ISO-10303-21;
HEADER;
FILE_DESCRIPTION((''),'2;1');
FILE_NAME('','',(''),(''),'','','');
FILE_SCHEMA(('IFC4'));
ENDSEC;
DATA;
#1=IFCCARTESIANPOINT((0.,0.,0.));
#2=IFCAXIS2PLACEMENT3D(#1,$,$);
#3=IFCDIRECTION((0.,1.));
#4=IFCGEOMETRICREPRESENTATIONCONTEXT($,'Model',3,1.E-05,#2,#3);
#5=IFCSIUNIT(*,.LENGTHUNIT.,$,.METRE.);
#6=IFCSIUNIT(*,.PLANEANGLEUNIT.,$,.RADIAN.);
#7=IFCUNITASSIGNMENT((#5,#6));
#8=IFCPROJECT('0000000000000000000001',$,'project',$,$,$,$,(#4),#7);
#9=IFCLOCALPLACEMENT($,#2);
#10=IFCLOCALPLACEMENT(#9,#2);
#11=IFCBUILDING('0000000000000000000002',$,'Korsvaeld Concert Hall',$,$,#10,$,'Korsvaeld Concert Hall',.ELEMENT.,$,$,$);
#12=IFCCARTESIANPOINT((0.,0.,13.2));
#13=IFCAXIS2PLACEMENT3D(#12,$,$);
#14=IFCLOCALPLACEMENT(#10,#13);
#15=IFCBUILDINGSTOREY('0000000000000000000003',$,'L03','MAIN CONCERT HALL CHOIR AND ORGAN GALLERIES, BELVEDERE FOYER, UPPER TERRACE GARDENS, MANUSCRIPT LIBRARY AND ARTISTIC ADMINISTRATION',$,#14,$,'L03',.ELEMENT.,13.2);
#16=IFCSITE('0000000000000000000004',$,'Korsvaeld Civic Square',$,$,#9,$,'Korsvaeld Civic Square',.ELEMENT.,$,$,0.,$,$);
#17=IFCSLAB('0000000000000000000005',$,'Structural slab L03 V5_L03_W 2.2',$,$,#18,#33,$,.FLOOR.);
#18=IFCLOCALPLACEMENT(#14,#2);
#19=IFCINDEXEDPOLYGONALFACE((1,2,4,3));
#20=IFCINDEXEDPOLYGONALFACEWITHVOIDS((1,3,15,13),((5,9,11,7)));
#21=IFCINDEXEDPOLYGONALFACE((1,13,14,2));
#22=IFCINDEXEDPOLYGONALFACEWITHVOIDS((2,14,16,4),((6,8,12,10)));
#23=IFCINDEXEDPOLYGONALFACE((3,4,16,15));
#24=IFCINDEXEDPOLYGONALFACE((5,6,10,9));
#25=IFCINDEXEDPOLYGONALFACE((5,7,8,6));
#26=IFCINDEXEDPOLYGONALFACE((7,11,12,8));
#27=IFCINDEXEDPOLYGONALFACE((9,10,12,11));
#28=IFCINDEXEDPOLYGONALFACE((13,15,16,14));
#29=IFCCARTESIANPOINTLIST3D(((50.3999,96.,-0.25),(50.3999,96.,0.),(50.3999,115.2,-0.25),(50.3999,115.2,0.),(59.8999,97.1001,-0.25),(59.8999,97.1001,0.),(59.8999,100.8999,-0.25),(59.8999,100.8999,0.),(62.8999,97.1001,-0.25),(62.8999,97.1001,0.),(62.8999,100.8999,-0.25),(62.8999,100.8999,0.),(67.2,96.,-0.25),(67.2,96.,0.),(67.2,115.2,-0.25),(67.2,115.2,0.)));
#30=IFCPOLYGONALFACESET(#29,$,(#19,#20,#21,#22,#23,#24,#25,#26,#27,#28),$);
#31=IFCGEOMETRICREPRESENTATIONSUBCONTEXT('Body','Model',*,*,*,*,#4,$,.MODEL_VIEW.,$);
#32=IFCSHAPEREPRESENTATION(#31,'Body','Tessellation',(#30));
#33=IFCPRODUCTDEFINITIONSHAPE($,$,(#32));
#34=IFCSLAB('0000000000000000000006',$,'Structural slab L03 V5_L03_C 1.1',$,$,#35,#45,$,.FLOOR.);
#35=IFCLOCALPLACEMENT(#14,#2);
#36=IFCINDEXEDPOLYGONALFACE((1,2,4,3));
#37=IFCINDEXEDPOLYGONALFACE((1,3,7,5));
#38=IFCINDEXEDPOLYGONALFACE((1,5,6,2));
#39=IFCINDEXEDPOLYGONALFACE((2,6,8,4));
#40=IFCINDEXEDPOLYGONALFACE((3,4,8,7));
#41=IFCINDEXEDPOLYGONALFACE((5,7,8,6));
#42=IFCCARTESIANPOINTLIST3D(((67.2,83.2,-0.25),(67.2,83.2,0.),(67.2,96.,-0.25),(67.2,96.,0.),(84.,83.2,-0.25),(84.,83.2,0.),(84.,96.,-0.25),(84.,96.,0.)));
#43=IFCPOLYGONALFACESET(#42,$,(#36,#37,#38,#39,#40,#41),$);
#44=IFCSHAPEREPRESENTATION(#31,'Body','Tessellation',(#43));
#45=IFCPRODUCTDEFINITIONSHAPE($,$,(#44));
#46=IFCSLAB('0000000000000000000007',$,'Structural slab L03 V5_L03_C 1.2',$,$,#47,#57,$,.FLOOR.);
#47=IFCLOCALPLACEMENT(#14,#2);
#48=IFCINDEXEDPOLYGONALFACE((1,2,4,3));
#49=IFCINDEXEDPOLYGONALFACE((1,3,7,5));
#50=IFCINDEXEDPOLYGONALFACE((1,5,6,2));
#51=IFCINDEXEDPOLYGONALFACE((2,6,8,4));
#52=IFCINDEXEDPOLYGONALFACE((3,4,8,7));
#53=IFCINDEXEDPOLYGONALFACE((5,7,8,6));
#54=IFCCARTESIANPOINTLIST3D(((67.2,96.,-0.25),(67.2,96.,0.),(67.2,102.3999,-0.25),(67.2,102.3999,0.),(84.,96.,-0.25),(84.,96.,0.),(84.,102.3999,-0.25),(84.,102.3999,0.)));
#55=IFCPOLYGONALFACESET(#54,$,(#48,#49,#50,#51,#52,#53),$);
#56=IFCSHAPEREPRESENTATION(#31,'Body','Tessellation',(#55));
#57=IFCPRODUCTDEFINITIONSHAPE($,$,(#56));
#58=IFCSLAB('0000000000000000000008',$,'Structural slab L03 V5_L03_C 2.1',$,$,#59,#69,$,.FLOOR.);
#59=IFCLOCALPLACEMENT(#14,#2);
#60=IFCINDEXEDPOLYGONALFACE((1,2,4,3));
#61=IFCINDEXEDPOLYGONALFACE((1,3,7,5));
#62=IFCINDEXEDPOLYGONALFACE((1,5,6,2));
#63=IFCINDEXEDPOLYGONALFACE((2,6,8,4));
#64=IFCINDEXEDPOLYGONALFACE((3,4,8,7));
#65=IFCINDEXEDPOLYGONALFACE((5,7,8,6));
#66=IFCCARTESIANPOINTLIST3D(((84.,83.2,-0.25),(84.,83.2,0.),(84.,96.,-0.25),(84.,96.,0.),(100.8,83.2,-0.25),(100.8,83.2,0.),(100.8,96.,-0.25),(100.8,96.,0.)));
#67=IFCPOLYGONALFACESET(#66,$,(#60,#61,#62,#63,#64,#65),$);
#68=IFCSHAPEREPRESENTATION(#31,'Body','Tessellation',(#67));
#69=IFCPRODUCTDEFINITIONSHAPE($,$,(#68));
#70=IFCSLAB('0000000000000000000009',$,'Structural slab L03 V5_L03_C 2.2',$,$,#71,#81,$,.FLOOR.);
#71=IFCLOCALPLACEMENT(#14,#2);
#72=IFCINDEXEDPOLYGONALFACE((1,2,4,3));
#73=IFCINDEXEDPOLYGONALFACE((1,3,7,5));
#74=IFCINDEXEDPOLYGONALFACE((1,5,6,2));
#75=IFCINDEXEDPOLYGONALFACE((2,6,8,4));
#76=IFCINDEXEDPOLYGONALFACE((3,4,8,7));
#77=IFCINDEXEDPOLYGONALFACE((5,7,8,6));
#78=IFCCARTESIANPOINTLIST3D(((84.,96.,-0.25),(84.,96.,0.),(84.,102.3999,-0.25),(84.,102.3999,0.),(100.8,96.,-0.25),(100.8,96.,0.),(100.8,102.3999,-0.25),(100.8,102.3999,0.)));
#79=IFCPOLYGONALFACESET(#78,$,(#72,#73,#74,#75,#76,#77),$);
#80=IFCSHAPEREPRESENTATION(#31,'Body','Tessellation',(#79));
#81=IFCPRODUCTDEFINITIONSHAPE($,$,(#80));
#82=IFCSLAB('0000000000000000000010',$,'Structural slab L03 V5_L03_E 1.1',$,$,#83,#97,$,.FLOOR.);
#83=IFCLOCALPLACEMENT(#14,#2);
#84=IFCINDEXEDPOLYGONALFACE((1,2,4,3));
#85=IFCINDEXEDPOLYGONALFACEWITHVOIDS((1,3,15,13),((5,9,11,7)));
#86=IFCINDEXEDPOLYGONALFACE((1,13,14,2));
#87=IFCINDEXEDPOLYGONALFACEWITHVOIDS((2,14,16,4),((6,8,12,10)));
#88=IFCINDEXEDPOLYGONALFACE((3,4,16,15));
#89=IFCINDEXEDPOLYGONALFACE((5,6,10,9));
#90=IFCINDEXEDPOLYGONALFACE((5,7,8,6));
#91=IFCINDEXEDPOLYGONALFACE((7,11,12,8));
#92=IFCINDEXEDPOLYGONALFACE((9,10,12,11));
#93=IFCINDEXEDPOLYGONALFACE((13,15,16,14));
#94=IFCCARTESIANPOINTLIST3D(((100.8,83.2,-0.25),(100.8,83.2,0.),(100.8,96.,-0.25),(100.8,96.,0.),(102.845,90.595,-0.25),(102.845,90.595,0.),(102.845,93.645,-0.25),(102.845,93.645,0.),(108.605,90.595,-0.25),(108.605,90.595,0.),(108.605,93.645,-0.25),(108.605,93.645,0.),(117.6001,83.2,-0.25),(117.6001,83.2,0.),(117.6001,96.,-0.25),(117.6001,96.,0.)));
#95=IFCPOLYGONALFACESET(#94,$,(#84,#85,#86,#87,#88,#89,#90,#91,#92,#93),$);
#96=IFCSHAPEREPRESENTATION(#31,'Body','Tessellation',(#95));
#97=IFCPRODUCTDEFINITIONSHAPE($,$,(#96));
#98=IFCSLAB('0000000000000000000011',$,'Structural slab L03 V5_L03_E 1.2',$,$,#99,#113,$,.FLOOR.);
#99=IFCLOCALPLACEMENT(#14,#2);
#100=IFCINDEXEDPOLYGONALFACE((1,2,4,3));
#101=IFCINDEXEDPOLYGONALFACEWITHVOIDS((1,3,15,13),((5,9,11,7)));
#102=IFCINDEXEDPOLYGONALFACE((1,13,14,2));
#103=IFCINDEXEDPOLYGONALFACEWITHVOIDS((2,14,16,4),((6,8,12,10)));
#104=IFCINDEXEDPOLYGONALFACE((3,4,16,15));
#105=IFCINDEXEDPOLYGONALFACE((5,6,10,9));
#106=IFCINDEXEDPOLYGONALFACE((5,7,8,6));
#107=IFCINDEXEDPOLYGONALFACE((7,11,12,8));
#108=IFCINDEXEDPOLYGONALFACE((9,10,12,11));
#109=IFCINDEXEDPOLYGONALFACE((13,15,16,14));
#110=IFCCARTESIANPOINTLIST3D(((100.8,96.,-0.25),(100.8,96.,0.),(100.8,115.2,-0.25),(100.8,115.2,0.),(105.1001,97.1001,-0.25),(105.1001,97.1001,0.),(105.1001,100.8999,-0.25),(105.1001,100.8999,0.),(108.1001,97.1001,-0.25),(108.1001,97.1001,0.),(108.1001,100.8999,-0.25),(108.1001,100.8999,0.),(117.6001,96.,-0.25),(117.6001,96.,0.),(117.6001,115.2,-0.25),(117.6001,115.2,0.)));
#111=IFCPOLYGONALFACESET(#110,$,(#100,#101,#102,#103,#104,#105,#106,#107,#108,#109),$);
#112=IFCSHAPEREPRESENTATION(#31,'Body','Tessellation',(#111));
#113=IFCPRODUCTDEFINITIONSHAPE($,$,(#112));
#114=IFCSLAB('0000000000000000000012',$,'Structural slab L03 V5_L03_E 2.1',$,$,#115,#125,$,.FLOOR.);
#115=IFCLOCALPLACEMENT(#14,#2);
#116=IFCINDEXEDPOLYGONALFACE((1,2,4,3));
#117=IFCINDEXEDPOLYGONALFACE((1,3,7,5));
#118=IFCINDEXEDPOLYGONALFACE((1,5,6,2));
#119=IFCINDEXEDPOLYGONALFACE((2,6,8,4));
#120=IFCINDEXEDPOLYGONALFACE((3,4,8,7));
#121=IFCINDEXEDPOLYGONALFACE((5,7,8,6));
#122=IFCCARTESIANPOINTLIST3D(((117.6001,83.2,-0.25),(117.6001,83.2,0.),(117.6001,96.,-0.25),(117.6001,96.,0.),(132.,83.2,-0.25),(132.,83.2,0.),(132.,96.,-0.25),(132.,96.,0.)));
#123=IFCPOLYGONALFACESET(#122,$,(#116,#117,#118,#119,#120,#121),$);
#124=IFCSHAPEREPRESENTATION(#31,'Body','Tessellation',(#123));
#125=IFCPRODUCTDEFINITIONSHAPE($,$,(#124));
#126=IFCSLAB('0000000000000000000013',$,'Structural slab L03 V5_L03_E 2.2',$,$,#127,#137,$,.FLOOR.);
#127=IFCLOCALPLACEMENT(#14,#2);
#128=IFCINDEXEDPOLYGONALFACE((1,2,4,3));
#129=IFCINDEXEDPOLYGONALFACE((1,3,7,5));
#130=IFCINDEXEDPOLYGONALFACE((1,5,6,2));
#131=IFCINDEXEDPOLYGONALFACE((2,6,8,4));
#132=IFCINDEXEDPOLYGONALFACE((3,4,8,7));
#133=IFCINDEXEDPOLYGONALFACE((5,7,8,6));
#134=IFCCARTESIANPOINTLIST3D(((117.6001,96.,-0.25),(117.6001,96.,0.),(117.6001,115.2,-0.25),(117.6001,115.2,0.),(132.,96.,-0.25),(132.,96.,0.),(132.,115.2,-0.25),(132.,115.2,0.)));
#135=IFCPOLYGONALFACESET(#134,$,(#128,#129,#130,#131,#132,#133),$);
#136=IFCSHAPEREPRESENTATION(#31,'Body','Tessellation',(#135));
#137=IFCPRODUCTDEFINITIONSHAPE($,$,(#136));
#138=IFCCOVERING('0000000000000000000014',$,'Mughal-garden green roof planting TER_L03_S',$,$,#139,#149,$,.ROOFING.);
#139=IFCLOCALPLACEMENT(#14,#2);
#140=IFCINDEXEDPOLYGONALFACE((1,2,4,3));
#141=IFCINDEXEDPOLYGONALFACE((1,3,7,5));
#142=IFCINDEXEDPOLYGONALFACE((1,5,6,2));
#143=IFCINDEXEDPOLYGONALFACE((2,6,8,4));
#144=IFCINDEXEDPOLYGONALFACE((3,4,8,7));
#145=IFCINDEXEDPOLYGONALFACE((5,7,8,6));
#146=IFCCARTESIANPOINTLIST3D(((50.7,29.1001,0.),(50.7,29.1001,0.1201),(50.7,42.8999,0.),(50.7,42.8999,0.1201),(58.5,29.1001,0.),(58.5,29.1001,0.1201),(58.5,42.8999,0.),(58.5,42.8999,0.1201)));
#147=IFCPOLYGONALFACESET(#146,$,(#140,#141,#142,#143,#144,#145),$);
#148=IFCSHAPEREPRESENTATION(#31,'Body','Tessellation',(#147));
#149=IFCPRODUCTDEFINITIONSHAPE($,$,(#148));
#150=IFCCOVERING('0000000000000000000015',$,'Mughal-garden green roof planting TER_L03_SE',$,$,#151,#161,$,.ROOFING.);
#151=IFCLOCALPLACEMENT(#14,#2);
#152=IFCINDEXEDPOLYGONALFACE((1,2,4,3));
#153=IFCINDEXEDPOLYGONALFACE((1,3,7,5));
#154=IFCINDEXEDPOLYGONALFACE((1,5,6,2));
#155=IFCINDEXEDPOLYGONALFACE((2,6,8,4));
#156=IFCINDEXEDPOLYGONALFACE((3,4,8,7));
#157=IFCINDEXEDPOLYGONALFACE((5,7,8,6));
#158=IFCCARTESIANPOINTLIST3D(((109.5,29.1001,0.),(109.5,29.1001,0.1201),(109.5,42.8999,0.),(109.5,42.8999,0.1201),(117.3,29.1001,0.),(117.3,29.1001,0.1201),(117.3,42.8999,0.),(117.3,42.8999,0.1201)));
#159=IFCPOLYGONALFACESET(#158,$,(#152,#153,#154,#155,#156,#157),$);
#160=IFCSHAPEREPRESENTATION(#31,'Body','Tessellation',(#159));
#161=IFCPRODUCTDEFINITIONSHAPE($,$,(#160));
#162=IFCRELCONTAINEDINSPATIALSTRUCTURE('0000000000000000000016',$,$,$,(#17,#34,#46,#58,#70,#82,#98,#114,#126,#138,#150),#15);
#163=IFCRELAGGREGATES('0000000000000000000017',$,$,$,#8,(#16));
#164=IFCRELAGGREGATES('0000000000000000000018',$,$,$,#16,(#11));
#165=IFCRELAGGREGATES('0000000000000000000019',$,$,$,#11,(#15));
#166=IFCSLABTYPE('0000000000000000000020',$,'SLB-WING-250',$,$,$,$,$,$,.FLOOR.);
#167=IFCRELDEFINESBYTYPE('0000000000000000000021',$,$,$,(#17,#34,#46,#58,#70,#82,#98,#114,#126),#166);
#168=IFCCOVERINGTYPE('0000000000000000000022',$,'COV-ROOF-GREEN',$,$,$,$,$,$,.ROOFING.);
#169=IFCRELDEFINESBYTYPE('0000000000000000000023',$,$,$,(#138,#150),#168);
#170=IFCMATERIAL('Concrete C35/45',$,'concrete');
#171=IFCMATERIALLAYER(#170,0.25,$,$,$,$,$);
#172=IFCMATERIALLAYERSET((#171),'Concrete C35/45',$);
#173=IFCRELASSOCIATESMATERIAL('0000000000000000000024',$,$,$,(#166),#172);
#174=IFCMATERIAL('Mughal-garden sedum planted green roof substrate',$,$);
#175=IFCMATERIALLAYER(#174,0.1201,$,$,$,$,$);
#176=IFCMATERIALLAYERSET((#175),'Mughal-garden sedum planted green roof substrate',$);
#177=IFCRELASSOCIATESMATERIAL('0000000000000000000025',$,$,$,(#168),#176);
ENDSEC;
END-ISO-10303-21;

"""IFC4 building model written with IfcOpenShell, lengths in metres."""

from ifc_helpers import new_model, si_unit, direction, frame, origin, place, context, subcontext, project, spatial, polyline, outline, extrude, material, layer, layer_set, type_object, element, save


model = new_model("IFC4")

# Units and contexts
model_context = context("Model", 3, precision=1e-05, world=origin(), true_north=direction((0.0, 1.0)))
body_context = subcontext(model_context, "Body", "Model", "MODEL_VIEW")
ifc_project = project(units=[si_unit("LENGTHUNIT", "METRE"), si_unit("PLANEANGLEUNIT", "RADIAN")], contexts=[model_context])

# Site, building, storey
site_placement = place(None, origin())
site = spatial("IfcSite", under=ifc_project, at=site_placement, Name="Korsvaeld Civic Square", LongName="Korsvaeld Civic Square", CompositionType="ELEMENT", RefElevation=0.0)
building_placement = place(site_placement, origin())
building = spatial("IfcBuilding", under=site, at=building_placement, Name="Korsvaeld Concert Hall", LongName="Korsvaeld Concert Hall", CompositionType="ELEMENT")
storey_placement = place(building_placement, frame((0.0, 0.0, 13.2)))
storey = spatial("IfcBuildingStorey", under=building, at=storey_placement, Name="L03", Description="MAIN CONCERT HALL CHOIR AND ORGAN GALLERIES, BELVEDERE FOYER, UPPER TERRACE GARDENS, MANUSCRIPT LIBRARY AND ARTISTIC ADMINISTRATION", LongName="L03", CompositionType="ELEMENT", Elevation=13.2)

# Slabs
ifc_material_1 = material(Name="Concrete C35/45", Category="concrete")
ifc_layer_1 = layer(ifc_material_1, 0.25)
ifc_layer_set_1 = layer_set([ifc_layer_1], Name="Concrete C35/45")
slab_type_1 = type_object("IfcSlabType", Name="SLB-WING-250", PredefinedType="FLOOR", material=ifc_layer_set_1)
slab_1_placement = place(storey_placement, frame((0.0, 0.0, -0.25)))
element("IfcSlab", 1, at=slab_1_placement, inside=storey, type_object=slab_type_1, Name="Structural slab L03 V5_L03_W 2.2", PredefinedType="FLOOR", context=body_context, shape_type="SweptSolid", body=[
    extrude(outline(polyline([(50.3999, 96.0), (50.3999, 115.2), (67.2, 115.2), (67.2, 96.0), (50.3999, 96.0)]), holes=[polyline([(62.8999, 100.8999), (59.8999, 100.8999), (59.8999, 97.1001), (62.8999, 97.1001), (62.8999, 100.8999)])]), origin(), (0.0, 0.0, 1.0), 0.25),
])
slab_2_placement = place(storey_placement, frame((0.0, 0.0, -0.25)))
element("IfcSlab", 2, at=slab_2_placement, inside=storey, type_object=slab_type_1, Name="Structural slab L03 V5_L03_C 1.1", PredefinedType="FLOOR", context=body_context, shape_type="SweptSolid", body=[
    extrude(outline(polyline([(67.2, 83.2), (67.2, 96.0), (84.0, 96.0), (84.0, 83.2), (67.2, 83.2)])), origin(), (0.0, 0.0, 1.0), 0.25),
])
slab_3_placement = place(storey_placement, frame((0.0, 0.0, -0.25)))
element("IfcSlab", 3, at=slab_3_placement, inside=storey, type_object=slab_type_1, Name="Structural slab L03 V5_L03_C 1.2", PredefinedType="FLOOR", context=body_context, shape_type="SweptSolid", body=[
    extrude(outline(polyline([(67.2, 96.0), (67.2, 102.3999), (84.0, 102.3999), (84.0, 96.0), (67.2, 96.0)])), origin(), (0.0, 0.0, 1.0), 0.25),
])
slab_4_placement = place(storey_placement, frame((0.0, 0.0, -0.25)))
element("IfcSlab", 4, at=slab_4_placement, inside=storey, type_object=slab_type_1, Name="Structural slab L03 V5_L03_C 2.1", PredefinedType="FLOOR", context=body_context, shape_type="SweptSolid", body=[
    extrude(outline(polyline([(84.0, 83.2), (84.0, 96.0), (100.8, 96.0), (100.8, 83.2), (84.0, 83.2)])), origin(), (0.0, 0.0, 1.0), 0.25),
])
slab_5_placement = place(storey_placement, frame((0.0, 0.0, -0.25)))
element("IfcSlab", 5, at=slab_5_placement, inside=storey, type_object=slab_type_1, Name="Structural slab L03 V5_L03_C 2.2", PredefinedType="FLOOR", context=body_context, shape_type="SweptSolid", body=[
    extrude(outline(polyline([(84.0, 96.0), (84.0, 102.3999), (100.8, 102.3999), (100.8, 96.0), (84.0, 96.0)])), origin(), (0.0, 0.0, 1.0), 0.25),
])
slab_6_placement = place(storey_placement, frame((0.0, 0.0, -0.25)))
element("IfcSlab", 6, at=slab_6_placement, inside=storey, type_object=slab_type_1, Name="Structural slab L03 V5_L03_E 1.1", PredefinedType="FLOOR", context=body_context, shape_type="SweptSolid", body=[
    extrude(outline(polyline([(100.8, 83.2), (100.8, 96.0), (117.6001, 96.0), (117.6001, 83.2), (100.8, 83.2)]), holes=[polyline([(108.605, 90.595), (108.605, 93.645), (102.845, 93.645), (102.845, 90.595), (108.605, 90.595)])]), origin(), (0.0, 0.0, 1.0), 0.25),
])
slab_7_placement = place(storey_placement, frame((0.0, 0.0, -0.25)))
element("IfcSlab", 7, at=slab_7_placement, inside=storey, type_object=slab_type_1, Name="Structural slab L03 V5_L03_E 1.2", PredefinedType="FLOOR", context=body_context, shape_type="SweptSolid", body=[
    extrude(outline(polyline([(100.8, 96.0), (100.8, 115.2), (117.6001, 115.2), (117.6001, 96.0), (100.8, 96.0)]), holes=[polyline([(108.1001, 100.8999), (105.1001, 100.8999), (105.1001, 97.1001), (108.1001, 97.1001), (108.1001, 100.8999)])]), origin(), (0.0, 0.0, 1.0), 0.25),
])
slab_8_placement = place(storey_placement, frame((0.0, 0.0, -0.25)))
element("IfcSlab", 8, at=slab_8_placement, inside=storey, type_object=slab_type_1, Name="Structural slab L03 V5_L03_E 2.1", PredefinedType="FLOOR", context=body_context, shape_type="SweptSolid", body=[
    extrude(outline(polyline([(117.6001, 83.2), (117.6001, 96.0), (132.0, 96.0), (132.0, 83.2), (117.6001, 83.2)])), origin(), (0.0, 0.0, 1.0), 0.25),
])
slab_9_placement = place(storey_placement, frame((0.0, 0.0, -0.25)))
element("IfcSlab", 9, at=slab_9_placement, inside=storey, type_object=slab_type_1, Name="Structural slab L03 V5_L03_E 2.2", PredefinedType="FLOOR", context=body_context, shape_type="SweptSolid", body=[
    extrude(outline(polyline([(117.6001, 96.0), (117.6001, 115.2), (132.0, 115.2), (132.0, 96.0), (117.6001, 96.0)])), origin(), (0.0, 0.0, 1.0), 0.25),
])

# Coverings
ifc_material_2 = material(Name="Mughal-garden sedum planted green roof substrate")
ifc_layer_2 = layer(ifc_material_2, 0.1201)
ifc_layer_set_2 = layer_set([ifc_layer_2], Name="Mughal-garden sedum planted green roof substrate")
covering_type = type_object("IfcCoveringType", Name="COV-ROOF-GREEN", PredefinedType="ROOFING", material=ifc_layer_set_2)
covering_1_placement = place(storey_placement, origin())
element("IfcCovering", 10, at=covering_1_placement, inside=storey, type_object=covering_type, Name="Mughal-garden green roof planting TER_L03_S", PredefinedType="ROOFING", context=body_context, shape_type="SweptSolid", body=[
    extrude(outline(polyline([(58.5, 29.1001), (58.5, 42.8999), (50.7, 42.8999), (50.7, 29.1001), (58.5, 29.1001)])), origin(), (0.0, 0.0, 1.0), 0.1201),
])
covering_2_placement = place(storey_placement, origin())
element("IfcCovering", 11, at=covering_2_placement, inside=storey, type_object=covering_type, Name="Mughal-garden green roof planting TER_L03_SE", PredefinedType="ROOFING", context=body_context, shape_type="SweptSolid", body=[
    extrude(outline(polyline([(117.3, 29.1001), (117.3, 42.8999), (109.5, 42.8999), (109.5, 29.1001), (117.3, 29.1001)])), origin(), (0.0, 0.0, 1.0), 0.1201),
])

save(model, "model.ifc")
